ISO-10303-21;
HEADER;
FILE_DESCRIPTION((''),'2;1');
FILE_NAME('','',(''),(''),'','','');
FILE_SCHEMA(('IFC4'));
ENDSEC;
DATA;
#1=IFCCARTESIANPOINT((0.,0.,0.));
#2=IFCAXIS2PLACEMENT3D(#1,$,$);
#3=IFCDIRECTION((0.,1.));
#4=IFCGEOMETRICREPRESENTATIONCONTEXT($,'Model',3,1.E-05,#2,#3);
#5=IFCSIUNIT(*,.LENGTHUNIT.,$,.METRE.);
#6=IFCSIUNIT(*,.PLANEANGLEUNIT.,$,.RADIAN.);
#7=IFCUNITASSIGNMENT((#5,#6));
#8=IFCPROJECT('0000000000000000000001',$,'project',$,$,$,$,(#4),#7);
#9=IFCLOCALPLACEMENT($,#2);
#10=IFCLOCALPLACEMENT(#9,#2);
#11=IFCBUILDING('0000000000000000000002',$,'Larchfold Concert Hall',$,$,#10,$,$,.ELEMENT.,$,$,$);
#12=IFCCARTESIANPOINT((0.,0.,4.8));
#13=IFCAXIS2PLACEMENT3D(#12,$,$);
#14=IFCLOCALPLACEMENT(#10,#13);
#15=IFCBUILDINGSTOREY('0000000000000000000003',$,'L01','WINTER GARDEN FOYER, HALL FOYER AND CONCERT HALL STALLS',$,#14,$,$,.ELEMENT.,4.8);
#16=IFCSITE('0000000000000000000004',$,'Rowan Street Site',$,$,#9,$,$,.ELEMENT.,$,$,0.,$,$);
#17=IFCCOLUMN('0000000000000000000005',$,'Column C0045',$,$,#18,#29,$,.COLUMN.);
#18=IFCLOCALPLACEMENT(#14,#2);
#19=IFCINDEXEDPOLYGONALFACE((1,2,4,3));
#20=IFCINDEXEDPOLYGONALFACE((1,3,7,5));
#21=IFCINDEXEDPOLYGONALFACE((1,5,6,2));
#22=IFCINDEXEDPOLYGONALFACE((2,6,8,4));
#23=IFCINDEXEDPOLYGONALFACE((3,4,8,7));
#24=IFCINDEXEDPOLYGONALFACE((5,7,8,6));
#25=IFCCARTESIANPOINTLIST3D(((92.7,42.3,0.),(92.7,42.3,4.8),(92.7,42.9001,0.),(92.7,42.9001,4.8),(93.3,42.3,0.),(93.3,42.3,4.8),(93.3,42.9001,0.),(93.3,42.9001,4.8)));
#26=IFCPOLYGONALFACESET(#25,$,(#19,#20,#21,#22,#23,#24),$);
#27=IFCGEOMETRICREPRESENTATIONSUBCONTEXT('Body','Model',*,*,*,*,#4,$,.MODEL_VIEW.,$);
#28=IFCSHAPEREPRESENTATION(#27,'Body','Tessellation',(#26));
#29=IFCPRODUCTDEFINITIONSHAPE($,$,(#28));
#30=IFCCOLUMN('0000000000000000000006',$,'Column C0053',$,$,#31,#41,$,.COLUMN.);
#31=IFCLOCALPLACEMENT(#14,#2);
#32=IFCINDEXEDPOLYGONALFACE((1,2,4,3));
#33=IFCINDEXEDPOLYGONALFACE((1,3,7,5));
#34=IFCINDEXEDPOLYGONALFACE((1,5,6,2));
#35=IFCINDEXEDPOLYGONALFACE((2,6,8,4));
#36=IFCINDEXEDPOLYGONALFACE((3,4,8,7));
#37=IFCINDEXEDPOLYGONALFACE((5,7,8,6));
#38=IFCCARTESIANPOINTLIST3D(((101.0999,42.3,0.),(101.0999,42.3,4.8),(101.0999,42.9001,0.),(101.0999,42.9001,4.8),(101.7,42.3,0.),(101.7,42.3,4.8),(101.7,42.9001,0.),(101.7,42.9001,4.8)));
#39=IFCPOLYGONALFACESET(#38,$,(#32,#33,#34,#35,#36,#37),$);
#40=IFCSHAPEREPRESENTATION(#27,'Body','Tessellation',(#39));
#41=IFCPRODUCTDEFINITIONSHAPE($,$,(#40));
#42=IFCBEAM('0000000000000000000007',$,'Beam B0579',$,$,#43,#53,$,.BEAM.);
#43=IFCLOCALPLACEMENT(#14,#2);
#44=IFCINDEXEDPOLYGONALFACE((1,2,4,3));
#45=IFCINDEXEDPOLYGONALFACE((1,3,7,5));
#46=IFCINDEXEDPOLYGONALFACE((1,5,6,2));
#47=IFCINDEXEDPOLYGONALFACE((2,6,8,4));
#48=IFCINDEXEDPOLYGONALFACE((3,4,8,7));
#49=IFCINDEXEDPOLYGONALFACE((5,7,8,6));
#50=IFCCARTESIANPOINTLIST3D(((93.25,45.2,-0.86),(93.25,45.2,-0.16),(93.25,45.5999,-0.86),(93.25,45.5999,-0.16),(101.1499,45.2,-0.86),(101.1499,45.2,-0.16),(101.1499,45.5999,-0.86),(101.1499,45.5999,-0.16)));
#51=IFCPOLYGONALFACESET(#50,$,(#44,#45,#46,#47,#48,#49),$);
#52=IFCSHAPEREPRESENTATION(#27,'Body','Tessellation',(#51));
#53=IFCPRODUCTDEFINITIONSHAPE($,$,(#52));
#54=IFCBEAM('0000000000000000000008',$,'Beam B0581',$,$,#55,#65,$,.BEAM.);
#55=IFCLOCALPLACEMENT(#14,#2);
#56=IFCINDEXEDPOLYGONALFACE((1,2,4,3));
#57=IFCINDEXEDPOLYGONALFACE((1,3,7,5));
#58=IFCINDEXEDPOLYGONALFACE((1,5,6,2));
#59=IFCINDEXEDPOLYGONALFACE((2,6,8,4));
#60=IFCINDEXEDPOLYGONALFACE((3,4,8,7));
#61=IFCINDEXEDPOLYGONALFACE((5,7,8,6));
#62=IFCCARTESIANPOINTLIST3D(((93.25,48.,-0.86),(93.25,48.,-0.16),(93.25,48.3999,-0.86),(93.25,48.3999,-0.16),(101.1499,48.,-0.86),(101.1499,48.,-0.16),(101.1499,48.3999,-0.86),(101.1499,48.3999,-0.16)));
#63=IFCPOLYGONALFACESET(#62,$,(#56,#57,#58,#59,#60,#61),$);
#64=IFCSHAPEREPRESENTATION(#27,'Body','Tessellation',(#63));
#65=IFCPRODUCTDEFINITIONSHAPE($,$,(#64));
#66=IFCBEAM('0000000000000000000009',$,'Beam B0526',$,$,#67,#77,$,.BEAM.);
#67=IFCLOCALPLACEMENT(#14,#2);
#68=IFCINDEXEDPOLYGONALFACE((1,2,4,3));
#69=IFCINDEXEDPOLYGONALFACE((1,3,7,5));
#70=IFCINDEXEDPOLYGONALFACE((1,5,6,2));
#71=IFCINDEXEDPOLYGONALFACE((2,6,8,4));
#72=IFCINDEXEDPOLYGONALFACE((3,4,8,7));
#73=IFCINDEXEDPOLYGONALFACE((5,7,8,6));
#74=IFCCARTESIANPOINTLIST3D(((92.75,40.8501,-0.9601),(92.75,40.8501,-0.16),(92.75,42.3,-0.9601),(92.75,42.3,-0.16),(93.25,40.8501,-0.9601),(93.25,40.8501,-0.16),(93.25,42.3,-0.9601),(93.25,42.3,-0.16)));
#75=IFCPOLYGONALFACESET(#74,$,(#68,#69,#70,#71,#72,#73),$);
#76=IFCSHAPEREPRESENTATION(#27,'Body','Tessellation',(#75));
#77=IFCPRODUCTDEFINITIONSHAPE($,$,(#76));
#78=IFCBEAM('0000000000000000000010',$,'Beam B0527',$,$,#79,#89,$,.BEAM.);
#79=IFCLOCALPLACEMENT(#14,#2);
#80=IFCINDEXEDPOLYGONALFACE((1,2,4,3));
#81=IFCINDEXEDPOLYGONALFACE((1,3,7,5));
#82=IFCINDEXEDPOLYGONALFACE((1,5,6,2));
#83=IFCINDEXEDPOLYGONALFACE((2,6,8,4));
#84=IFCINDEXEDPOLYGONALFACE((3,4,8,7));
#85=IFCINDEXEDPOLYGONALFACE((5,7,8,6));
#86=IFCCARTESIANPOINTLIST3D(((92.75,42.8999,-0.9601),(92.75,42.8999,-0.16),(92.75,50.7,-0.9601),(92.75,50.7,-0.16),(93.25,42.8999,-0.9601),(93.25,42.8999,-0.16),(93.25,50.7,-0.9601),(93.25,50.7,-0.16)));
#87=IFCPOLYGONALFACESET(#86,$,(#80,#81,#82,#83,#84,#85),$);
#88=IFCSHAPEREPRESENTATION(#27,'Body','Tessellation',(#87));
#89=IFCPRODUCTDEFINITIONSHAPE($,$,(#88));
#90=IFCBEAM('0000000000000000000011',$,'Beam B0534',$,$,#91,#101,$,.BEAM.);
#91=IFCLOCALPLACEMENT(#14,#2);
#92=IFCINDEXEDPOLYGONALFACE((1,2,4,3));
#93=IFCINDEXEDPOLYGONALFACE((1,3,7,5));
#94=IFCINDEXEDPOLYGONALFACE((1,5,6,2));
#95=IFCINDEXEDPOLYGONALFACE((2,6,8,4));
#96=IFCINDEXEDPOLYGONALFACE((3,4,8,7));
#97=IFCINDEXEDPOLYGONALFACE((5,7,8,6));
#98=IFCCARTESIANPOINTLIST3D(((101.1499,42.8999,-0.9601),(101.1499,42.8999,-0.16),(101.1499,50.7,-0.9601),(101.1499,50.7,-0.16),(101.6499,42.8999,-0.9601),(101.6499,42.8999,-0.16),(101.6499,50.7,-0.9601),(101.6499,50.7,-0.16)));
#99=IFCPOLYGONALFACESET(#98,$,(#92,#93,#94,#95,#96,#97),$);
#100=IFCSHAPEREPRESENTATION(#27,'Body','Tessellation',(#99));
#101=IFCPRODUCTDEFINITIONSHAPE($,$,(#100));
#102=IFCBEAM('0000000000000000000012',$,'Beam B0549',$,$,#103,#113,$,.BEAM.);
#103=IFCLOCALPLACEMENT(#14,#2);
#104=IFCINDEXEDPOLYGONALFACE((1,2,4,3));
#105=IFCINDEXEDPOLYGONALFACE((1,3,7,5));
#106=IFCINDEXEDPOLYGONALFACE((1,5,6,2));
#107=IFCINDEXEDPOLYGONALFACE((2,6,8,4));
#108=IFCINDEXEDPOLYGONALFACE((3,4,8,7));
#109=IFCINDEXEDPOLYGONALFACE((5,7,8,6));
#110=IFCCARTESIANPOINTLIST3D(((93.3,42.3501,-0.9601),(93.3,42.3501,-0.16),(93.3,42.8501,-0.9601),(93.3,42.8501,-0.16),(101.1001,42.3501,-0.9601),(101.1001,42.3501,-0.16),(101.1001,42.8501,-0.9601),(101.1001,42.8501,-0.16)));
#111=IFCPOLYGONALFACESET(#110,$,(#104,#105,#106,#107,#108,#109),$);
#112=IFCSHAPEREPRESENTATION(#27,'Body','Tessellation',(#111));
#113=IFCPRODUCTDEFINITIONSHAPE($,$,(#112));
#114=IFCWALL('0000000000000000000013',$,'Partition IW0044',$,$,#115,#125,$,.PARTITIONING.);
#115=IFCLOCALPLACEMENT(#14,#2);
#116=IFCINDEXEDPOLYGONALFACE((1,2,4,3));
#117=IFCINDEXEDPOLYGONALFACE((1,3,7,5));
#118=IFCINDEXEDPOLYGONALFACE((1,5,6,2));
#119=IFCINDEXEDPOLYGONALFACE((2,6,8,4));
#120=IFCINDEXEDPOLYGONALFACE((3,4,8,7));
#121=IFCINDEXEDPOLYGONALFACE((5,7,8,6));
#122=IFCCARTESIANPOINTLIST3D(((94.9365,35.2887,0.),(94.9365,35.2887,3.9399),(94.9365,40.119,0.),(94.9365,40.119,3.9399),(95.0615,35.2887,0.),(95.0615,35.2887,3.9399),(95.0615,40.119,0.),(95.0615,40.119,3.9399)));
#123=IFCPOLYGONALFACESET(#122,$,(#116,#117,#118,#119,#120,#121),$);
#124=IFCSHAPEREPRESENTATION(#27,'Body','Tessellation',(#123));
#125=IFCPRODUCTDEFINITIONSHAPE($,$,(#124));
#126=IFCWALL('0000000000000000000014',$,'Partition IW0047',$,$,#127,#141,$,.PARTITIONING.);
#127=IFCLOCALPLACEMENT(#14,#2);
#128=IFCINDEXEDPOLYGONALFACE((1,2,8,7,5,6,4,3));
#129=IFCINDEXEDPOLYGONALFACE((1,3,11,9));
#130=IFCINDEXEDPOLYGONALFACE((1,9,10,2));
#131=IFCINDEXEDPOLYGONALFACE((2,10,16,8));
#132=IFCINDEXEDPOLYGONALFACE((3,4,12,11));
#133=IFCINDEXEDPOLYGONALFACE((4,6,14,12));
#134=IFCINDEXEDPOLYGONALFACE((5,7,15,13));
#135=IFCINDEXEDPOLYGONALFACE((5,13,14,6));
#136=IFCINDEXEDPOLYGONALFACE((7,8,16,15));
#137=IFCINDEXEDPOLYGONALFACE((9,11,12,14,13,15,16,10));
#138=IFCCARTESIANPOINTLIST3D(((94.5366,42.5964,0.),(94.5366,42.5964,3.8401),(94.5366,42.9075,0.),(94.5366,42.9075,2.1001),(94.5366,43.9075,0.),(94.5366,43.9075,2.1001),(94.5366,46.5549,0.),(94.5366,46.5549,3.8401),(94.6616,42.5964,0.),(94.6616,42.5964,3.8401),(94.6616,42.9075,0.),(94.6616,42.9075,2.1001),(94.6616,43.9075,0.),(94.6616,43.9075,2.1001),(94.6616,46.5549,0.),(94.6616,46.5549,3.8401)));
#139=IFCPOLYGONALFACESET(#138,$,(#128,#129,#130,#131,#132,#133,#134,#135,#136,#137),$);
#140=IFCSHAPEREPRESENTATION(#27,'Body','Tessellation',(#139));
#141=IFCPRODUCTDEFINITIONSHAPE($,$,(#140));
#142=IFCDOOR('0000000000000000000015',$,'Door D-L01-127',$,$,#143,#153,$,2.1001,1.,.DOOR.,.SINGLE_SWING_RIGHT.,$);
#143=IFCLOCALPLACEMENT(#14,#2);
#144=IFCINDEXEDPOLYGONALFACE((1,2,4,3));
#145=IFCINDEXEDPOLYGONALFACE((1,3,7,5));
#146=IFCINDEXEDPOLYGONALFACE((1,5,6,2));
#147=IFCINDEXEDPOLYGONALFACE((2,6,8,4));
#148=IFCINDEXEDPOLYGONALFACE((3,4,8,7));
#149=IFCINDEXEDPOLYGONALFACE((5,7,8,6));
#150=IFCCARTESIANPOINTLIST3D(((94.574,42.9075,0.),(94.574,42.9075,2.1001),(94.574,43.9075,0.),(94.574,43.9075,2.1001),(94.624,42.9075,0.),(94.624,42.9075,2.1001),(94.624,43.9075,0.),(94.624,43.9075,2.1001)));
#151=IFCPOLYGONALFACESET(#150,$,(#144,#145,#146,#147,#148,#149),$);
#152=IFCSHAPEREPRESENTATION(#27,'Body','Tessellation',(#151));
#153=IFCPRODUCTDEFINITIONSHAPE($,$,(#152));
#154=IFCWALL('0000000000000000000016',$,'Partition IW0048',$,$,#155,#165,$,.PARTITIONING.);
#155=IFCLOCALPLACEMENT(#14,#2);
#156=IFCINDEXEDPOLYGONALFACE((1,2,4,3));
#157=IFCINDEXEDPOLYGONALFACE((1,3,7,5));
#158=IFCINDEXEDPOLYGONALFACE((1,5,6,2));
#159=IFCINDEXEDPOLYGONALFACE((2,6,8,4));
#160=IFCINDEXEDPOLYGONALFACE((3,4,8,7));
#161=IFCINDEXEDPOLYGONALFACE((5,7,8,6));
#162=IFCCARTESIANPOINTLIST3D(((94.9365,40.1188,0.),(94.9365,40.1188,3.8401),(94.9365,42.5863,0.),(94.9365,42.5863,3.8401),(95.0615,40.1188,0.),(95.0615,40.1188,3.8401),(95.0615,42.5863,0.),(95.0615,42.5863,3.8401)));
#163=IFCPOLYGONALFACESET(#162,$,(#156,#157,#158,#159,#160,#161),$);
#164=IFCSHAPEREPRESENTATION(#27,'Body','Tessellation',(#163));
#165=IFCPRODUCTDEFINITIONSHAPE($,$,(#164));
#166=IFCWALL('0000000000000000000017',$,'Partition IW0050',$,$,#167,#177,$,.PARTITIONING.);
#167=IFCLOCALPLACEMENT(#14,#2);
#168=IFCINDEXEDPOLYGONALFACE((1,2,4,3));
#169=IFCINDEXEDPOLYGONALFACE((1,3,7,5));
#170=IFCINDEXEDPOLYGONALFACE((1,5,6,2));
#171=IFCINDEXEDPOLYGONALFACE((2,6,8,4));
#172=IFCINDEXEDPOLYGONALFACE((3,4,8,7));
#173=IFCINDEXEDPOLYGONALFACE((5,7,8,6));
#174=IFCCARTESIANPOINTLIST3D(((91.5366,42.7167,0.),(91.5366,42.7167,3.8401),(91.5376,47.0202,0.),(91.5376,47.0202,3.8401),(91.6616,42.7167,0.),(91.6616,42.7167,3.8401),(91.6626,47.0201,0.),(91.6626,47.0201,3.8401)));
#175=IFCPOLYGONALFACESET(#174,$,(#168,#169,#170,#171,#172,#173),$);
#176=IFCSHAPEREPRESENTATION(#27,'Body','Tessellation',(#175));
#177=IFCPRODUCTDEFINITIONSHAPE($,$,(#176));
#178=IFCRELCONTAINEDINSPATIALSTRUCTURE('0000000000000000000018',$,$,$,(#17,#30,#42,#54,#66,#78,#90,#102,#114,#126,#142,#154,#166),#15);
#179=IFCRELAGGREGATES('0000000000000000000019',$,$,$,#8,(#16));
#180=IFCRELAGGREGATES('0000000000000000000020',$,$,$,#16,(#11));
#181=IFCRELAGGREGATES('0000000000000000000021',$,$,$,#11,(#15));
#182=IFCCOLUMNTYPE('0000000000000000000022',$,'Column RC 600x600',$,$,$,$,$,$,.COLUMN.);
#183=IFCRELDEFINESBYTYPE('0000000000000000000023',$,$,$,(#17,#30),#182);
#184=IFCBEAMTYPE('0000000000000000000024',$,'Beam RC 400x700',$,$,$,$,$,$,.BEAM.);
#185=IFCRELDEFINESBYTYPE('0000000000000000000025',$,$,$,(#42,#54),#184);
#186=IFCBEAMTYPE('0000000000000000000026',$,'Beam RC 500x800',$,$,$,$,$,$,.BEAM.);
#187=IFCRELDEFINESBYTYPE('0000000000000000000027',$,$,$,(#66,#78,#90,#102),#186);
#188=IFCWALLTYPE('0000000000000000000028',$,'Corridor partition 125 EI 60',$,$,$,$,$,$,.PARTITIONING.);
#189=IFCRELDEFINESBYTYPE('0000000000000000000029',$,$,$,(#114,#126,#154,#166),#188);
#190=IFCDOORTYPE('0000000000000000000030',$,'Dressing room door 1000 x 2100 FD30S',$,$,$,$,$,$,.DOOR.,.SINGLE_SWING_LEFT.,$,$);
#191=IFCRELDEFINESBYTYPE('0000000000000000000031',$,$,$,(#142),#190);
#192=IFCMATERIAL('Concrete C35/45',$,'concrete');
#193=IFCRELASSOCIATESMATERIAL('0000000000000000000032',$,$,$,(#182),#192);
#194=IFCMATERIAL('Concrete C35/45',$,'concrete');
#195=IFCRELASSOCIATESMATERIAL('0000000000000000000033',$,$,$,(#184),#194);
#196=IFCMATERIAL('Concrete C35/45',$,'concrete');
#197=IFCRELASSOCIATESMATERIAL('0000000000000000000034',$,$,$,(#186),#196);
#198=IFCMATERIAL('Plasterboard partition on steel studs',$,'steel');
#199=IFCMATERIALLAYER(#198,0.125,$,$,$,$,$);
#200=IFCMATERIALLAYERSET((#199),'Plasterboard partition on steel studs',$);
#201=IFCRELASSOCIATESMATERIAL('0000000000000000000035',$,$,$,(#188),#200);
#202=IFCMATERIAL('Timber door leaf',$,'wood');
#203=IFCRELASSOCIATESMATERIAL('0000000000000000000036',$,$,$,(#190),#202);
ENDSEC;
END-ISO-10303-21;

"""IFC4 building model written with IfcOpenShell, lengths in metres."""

from ifc_helpers import new_model, si_unit, direction, frame, frame_2d, origin, origin_2d, place, context, subcontext, project, spatial, rectangle, extrude, material, layer, layer_set, material_profile, profile_set, type_object, element, fill, save


model = new_model("IFC4")

# Units and contexts
model_context = context("Model", 3, precision=1e-05, world=origin(), true_north=direction((0.0, 1.0)))
body_context = subcontext(model_context, "Body", "Model", "MODEL_VIEW")
ifc_project = project(units=[si_unit("LENGTHUNIT", "METRE"), si_unit("PLANEANGLEUNIT", "RADIAN")], contexts=[model_context])

# Site, building, storey
site_placement = place(None, origin())
site = spatial("IfcSite", under=ifc_project, at=site_placement, Name="Rowan Street Site", CompositionType="ELEMENT", RefElevation=0.0)
building_placement = place(site_placement, origin())
building = spatial("IfcBuilding", under=site, at=building_placement, Name="Larchfold Concert Hall", CompositionType="ELEMENT")
storey_placement = place(building_placement, frame((0.0, 0.0, 4.8)))
storey = spatial("IfcBuildingStorey", under=building, at=storey_placement, Name="L01", Description="WINTER GARDEN FOYER, HALL FOYER AND CONCERT HALL STALLS", CompositionType="ELEMENT", Elevation=4.8)

# Columns
ifc_material_1 = material(Name="Concrete C35/45", Category="concrete")
ifc_material_profile_1 = material_profile(ifc_material_1, rectangle(XDim=0.6001, YDim=0.6001, at=origin_2d()))
ifc_profile_set_1 = profile_set([ifc_material_profile_1], Name="Concrete C35/45")
column_type = type_object("IfcColumnType", Name="Column RC 600x600", PredefinedType="COLUMN", material=ifc_profile_set_1)
for number, where, z_axis, x_axis, name in (
    (1, (93.0, 42.6001, 0.0), (0.0, 0.0, 1.0), (1.0, 0.0, 0.0), "Column C0045"),
    (2, (101.3999, 42.6001, 0.0), (0.0, 0.0, 1.0), (1.0, 0.0, 0.0), "Column C0053"),
):
    element("IfcColumn", number, at=place(storey_placement, frame(where, z_axis=z_axis, x_axis=x_axis)), inside=storey, type_object=column_type, Name=name, PredefinedType="COLUMN", context=body_context, shape_type="SweptSolid", body=[
        extrude(rectangle(XDim=0.6001, YDim=0.6001, at=origin_2d()), origin(), (0.0, 0.0, 1.0), 4.8),
    ])

# Beams
ifc_material_2 = material(Name="Concrete C35/45", Category="concrete")
ifc_material_profile_2 = material_profile(ifc_material_2, rectangle(XDim=0.3999, YDim=0.7, at=origin_2d()))
ifc_profile_set_2 = profile_set([ifc_material_profile_2], Name="Concrete C35/45")
beam_type_1 = type_object("IfcBeamType", Name="Beam RC 400x700", PredefinedType="BEAM", material=ifc_profile_set_2)
for number, where, z_axis, x_axis, name in (
    (3, (93.25, 45.3999, -0.51), (1.0, 0.0, 0.0), (0.0, 1.0, 0.0), "Beam B0579"),
    (4, (93.25, 48.2, -0.51), (1.0, 0.0, 0.0), (0.0, 1.0, 0.0), "Beam B0581"),
):
    element("IfcBeam", number, at=place(storey_placement, frame(where, z_axis=z_axis, x_axis=x_axis)), inside=storey, type_object=beam_type_1, Name=name, PredefinedType="BEAM", context=body_context, shape_type="SweptSolid", body=[
        extrude(rectangle(XDim=0.3999, YDim=0.7, at=origin_2d()), origin(), (0.0, 0.0, 1.0), 7.8999),
    ])
ifc_material_3 = material(Name="Concrete C35/45", Category="concrete")
ifc_material_profile_3 = material_profile(ifc_material_3, rectangle(XDim=0.5, YDim=0.8, at=origin_2d()))
ifc_profile_set_3 = profile_set([ifc_material_profile_3], Name="Concrete C35/45")
beam_type_2 = type_object("IfcBeamType", Name="Beam RC 500x800", PredefinedType="BEAM", material=ifc_profile_set_3)
beam_placement = place(storey_placement, frame((93.0, 40.8501, -0.5601), z_axis=(0.0, 1.0, 0.0), x_axis=(-1.0, 0.0, 0.0)))
element("IfcBeam", 5, at=beam_placement, inside=storey, type_object=beam_type_2, Name="Beam B0526", PredefinedType="BEAM", context=body_context, shape_type="SweptSolid", body=[
    extrude(rectangle(XDim=0.5, YDim=0.8, at=origin_2d()), origin(), (0.0, 0.0, 1.0), 1.45),
])
for number, where, z_axis, x_axis, name in (
    (6, (93.0, 42.8999, -0.5601), (0.0, 1.0, 0.0), (-1.0, 0.0, 0.0), "Beam B0527"),
    (7, (101.3999, 42.8999, -0.5601), (0.0, 1.0, 0.0), (-1.0, 0.0, 0.0), "Beam B0534"),
    (8, (93.3, 42.6001, -0.5601), (1.0, 0.0, 0.0), (0.0, 1.0, 0.0), "Beam B0549"),
):
    element("IfcBeam", number, at=place(storey_placement, frame(where, z_axis=z_axis, x_axis=x_axis)), inside=storey, type_object=beam_type_2, Name=name, PredefinedType="BEAM", context=body_context, shape_type="SweptSolid", body=[
        extrude(rectangle(XDim=0.5, YDim=0.8, at=origin_2d()), origin(), (0.0, 0.0, 1.0), 7.8),
    ])

# Wall
ifc_material_4 = material(Name="Plasterboard partition on steel studs", Category="steel")
ifc_layer_1 = layer(ifc_material_4, 0.125)
ifc_layer_set_1 = layer_set([ifc_layer_1], Name="Plasterboard partition on steel studs")
wall_type_1 = type_object("IfcWallType", Name="Corridor partition 125 EI 60", PredefinedType="PARTITIONING", material=ifc_layer_set_1)
wall_1_placement = place(storey_placement, frame((94.999, 40.1189, 0.0), z_axis=(0.0, 0.0, 1.0), x_axis=(0.0, -1.0, 0.0)))
element("IfcWall", 9, at=wall_1_placement, inside=storey, type_object=wall_type_1, Name="Partition IW0044", PredefinedType="PARTITIONING", context=body_context, shape_type="SweptSolid", body=[
    extrude(rectangle(XDim=4.8303, YDim=0.125, at=frame_2d((2.415, 0.0))), origin(), (0.0, 0.0, 1.0), 3.9399),
])

# Wall, opening, door
wall_2_placement = place(storey_placement, frame((94.5991, 46.5549, 0.0), z_axis=(0.0, 0.0, 1.0), x_axis=(0.0, -1.0, 0.0)))
wall_2 = element("IfcWall", 10, at=wall_2_placement, inside=storey, type_object=wall_type_1, Name="Partition IW0047", PredefinedType="PARTITIONING", context=body_context, shape_type="SweptSolid", body=[
    extrude(rectangle(XDim=3.9585, YDim=0.125, at=frame_2d((1.9792, 0.0))), origin(), (0.0, 0.0, 1.0), 3.8401),
])
opening_1_placement = place(wall_2_placement, frame((2.6475, 0.0, 0.0)))
opening_1 = element("IfcOpeningElement", 11, at=opening_1_placement, cuts=wall_2, PredefinedType="OPENING", context=body_context, shape_type="SweptSolid", body=[
    extrude(rectangle(XDim=1.0, YDim=2.1001, at=frame_2d((0.5, 1.05))), frame((0.0, 0.0725, 0.0), z_axis=(0.0, -1.0, 0.0), x_axis=(1.0, 0.0, 0.0)), (0.0, 0.0, 1.0), 0.145),
])
ifc_material_5 = material(Name="Timber door leaf", Category="wood")
door_type_1 = type_object("IfcDoorType", Name="Dressing room door 1000 x 2100 FD30S", OperationType="SINGLE_SWING_LEFT", PredefinedType="DOOR", material=ifc_material_5)
door_1_placement = place(opening_1_placement, origin())
door_1 = element("IfcDoor", 12, at=door_1_placement, inside=storey, type_object=door_type_1, Name="Door D-L01-127", OperationType="SINGLE_SWING_RIGHT", OverallHeight=2.1001, OverallWidth=1.0, PredefinedType="DOOR", context=body_context, shape_type="SweptSolid", body=[
    extrude(rectangle(XDim=1.0, YDim=2.1001, at=frame_2d((0.5, 1.05))), frame((0.0, 0.0249, 0.0), z_axis=(0.0, -1.0, 0.0), x_axis=(1.0, 0.0, 0.0)), (0.0, 0.0, 1.0), 0.05),
])
fill(opening_1, door_1)

# Walls
wall_3_placement = place(storey_placement, frame((94.999, 42.5864, 0.0), z_axis=(0.0, 0.0, 1.0), x_axis=(0.0, -1.0, 0.0)))
element("IfcWall", 13, at=wall_3_placement, inside=storey, type_object=wall_type_1, Name="Partition IW0048", PredefinedType="PARTITIONING", context=body_context, shape_type="SweptSolid", body=[
    extrude(rectangle(XDim=2.4675, YDim=0.125, at=frame_2d((1.2339, 0.0))), origin(), (0.0, 0.0, 1.0), 3.8401),
])
wall_4_placement = place(storey_placement, frame((91.5991, 42.7166, 0.0), z_axis=(0.0, 0.0, 1.0), x_axis=(0.000227, 1.0, 0.0)))
element("IfcWall", 14, at=wall_4_placement, inside=storey, type_object=wall_type_1, Name="Partition IW0050", PredefinedType="PARTITIONING", context=body_context, shape_type="SweptSolid", body=[
    extrude(rectangle(XDim=4.3035, YDim=0.125, at=frame_2d((2.1519, 0.0))), origin(), (0.0, 0.0, 1.0), 3.8401),
])

save(model, "model.ifc")
